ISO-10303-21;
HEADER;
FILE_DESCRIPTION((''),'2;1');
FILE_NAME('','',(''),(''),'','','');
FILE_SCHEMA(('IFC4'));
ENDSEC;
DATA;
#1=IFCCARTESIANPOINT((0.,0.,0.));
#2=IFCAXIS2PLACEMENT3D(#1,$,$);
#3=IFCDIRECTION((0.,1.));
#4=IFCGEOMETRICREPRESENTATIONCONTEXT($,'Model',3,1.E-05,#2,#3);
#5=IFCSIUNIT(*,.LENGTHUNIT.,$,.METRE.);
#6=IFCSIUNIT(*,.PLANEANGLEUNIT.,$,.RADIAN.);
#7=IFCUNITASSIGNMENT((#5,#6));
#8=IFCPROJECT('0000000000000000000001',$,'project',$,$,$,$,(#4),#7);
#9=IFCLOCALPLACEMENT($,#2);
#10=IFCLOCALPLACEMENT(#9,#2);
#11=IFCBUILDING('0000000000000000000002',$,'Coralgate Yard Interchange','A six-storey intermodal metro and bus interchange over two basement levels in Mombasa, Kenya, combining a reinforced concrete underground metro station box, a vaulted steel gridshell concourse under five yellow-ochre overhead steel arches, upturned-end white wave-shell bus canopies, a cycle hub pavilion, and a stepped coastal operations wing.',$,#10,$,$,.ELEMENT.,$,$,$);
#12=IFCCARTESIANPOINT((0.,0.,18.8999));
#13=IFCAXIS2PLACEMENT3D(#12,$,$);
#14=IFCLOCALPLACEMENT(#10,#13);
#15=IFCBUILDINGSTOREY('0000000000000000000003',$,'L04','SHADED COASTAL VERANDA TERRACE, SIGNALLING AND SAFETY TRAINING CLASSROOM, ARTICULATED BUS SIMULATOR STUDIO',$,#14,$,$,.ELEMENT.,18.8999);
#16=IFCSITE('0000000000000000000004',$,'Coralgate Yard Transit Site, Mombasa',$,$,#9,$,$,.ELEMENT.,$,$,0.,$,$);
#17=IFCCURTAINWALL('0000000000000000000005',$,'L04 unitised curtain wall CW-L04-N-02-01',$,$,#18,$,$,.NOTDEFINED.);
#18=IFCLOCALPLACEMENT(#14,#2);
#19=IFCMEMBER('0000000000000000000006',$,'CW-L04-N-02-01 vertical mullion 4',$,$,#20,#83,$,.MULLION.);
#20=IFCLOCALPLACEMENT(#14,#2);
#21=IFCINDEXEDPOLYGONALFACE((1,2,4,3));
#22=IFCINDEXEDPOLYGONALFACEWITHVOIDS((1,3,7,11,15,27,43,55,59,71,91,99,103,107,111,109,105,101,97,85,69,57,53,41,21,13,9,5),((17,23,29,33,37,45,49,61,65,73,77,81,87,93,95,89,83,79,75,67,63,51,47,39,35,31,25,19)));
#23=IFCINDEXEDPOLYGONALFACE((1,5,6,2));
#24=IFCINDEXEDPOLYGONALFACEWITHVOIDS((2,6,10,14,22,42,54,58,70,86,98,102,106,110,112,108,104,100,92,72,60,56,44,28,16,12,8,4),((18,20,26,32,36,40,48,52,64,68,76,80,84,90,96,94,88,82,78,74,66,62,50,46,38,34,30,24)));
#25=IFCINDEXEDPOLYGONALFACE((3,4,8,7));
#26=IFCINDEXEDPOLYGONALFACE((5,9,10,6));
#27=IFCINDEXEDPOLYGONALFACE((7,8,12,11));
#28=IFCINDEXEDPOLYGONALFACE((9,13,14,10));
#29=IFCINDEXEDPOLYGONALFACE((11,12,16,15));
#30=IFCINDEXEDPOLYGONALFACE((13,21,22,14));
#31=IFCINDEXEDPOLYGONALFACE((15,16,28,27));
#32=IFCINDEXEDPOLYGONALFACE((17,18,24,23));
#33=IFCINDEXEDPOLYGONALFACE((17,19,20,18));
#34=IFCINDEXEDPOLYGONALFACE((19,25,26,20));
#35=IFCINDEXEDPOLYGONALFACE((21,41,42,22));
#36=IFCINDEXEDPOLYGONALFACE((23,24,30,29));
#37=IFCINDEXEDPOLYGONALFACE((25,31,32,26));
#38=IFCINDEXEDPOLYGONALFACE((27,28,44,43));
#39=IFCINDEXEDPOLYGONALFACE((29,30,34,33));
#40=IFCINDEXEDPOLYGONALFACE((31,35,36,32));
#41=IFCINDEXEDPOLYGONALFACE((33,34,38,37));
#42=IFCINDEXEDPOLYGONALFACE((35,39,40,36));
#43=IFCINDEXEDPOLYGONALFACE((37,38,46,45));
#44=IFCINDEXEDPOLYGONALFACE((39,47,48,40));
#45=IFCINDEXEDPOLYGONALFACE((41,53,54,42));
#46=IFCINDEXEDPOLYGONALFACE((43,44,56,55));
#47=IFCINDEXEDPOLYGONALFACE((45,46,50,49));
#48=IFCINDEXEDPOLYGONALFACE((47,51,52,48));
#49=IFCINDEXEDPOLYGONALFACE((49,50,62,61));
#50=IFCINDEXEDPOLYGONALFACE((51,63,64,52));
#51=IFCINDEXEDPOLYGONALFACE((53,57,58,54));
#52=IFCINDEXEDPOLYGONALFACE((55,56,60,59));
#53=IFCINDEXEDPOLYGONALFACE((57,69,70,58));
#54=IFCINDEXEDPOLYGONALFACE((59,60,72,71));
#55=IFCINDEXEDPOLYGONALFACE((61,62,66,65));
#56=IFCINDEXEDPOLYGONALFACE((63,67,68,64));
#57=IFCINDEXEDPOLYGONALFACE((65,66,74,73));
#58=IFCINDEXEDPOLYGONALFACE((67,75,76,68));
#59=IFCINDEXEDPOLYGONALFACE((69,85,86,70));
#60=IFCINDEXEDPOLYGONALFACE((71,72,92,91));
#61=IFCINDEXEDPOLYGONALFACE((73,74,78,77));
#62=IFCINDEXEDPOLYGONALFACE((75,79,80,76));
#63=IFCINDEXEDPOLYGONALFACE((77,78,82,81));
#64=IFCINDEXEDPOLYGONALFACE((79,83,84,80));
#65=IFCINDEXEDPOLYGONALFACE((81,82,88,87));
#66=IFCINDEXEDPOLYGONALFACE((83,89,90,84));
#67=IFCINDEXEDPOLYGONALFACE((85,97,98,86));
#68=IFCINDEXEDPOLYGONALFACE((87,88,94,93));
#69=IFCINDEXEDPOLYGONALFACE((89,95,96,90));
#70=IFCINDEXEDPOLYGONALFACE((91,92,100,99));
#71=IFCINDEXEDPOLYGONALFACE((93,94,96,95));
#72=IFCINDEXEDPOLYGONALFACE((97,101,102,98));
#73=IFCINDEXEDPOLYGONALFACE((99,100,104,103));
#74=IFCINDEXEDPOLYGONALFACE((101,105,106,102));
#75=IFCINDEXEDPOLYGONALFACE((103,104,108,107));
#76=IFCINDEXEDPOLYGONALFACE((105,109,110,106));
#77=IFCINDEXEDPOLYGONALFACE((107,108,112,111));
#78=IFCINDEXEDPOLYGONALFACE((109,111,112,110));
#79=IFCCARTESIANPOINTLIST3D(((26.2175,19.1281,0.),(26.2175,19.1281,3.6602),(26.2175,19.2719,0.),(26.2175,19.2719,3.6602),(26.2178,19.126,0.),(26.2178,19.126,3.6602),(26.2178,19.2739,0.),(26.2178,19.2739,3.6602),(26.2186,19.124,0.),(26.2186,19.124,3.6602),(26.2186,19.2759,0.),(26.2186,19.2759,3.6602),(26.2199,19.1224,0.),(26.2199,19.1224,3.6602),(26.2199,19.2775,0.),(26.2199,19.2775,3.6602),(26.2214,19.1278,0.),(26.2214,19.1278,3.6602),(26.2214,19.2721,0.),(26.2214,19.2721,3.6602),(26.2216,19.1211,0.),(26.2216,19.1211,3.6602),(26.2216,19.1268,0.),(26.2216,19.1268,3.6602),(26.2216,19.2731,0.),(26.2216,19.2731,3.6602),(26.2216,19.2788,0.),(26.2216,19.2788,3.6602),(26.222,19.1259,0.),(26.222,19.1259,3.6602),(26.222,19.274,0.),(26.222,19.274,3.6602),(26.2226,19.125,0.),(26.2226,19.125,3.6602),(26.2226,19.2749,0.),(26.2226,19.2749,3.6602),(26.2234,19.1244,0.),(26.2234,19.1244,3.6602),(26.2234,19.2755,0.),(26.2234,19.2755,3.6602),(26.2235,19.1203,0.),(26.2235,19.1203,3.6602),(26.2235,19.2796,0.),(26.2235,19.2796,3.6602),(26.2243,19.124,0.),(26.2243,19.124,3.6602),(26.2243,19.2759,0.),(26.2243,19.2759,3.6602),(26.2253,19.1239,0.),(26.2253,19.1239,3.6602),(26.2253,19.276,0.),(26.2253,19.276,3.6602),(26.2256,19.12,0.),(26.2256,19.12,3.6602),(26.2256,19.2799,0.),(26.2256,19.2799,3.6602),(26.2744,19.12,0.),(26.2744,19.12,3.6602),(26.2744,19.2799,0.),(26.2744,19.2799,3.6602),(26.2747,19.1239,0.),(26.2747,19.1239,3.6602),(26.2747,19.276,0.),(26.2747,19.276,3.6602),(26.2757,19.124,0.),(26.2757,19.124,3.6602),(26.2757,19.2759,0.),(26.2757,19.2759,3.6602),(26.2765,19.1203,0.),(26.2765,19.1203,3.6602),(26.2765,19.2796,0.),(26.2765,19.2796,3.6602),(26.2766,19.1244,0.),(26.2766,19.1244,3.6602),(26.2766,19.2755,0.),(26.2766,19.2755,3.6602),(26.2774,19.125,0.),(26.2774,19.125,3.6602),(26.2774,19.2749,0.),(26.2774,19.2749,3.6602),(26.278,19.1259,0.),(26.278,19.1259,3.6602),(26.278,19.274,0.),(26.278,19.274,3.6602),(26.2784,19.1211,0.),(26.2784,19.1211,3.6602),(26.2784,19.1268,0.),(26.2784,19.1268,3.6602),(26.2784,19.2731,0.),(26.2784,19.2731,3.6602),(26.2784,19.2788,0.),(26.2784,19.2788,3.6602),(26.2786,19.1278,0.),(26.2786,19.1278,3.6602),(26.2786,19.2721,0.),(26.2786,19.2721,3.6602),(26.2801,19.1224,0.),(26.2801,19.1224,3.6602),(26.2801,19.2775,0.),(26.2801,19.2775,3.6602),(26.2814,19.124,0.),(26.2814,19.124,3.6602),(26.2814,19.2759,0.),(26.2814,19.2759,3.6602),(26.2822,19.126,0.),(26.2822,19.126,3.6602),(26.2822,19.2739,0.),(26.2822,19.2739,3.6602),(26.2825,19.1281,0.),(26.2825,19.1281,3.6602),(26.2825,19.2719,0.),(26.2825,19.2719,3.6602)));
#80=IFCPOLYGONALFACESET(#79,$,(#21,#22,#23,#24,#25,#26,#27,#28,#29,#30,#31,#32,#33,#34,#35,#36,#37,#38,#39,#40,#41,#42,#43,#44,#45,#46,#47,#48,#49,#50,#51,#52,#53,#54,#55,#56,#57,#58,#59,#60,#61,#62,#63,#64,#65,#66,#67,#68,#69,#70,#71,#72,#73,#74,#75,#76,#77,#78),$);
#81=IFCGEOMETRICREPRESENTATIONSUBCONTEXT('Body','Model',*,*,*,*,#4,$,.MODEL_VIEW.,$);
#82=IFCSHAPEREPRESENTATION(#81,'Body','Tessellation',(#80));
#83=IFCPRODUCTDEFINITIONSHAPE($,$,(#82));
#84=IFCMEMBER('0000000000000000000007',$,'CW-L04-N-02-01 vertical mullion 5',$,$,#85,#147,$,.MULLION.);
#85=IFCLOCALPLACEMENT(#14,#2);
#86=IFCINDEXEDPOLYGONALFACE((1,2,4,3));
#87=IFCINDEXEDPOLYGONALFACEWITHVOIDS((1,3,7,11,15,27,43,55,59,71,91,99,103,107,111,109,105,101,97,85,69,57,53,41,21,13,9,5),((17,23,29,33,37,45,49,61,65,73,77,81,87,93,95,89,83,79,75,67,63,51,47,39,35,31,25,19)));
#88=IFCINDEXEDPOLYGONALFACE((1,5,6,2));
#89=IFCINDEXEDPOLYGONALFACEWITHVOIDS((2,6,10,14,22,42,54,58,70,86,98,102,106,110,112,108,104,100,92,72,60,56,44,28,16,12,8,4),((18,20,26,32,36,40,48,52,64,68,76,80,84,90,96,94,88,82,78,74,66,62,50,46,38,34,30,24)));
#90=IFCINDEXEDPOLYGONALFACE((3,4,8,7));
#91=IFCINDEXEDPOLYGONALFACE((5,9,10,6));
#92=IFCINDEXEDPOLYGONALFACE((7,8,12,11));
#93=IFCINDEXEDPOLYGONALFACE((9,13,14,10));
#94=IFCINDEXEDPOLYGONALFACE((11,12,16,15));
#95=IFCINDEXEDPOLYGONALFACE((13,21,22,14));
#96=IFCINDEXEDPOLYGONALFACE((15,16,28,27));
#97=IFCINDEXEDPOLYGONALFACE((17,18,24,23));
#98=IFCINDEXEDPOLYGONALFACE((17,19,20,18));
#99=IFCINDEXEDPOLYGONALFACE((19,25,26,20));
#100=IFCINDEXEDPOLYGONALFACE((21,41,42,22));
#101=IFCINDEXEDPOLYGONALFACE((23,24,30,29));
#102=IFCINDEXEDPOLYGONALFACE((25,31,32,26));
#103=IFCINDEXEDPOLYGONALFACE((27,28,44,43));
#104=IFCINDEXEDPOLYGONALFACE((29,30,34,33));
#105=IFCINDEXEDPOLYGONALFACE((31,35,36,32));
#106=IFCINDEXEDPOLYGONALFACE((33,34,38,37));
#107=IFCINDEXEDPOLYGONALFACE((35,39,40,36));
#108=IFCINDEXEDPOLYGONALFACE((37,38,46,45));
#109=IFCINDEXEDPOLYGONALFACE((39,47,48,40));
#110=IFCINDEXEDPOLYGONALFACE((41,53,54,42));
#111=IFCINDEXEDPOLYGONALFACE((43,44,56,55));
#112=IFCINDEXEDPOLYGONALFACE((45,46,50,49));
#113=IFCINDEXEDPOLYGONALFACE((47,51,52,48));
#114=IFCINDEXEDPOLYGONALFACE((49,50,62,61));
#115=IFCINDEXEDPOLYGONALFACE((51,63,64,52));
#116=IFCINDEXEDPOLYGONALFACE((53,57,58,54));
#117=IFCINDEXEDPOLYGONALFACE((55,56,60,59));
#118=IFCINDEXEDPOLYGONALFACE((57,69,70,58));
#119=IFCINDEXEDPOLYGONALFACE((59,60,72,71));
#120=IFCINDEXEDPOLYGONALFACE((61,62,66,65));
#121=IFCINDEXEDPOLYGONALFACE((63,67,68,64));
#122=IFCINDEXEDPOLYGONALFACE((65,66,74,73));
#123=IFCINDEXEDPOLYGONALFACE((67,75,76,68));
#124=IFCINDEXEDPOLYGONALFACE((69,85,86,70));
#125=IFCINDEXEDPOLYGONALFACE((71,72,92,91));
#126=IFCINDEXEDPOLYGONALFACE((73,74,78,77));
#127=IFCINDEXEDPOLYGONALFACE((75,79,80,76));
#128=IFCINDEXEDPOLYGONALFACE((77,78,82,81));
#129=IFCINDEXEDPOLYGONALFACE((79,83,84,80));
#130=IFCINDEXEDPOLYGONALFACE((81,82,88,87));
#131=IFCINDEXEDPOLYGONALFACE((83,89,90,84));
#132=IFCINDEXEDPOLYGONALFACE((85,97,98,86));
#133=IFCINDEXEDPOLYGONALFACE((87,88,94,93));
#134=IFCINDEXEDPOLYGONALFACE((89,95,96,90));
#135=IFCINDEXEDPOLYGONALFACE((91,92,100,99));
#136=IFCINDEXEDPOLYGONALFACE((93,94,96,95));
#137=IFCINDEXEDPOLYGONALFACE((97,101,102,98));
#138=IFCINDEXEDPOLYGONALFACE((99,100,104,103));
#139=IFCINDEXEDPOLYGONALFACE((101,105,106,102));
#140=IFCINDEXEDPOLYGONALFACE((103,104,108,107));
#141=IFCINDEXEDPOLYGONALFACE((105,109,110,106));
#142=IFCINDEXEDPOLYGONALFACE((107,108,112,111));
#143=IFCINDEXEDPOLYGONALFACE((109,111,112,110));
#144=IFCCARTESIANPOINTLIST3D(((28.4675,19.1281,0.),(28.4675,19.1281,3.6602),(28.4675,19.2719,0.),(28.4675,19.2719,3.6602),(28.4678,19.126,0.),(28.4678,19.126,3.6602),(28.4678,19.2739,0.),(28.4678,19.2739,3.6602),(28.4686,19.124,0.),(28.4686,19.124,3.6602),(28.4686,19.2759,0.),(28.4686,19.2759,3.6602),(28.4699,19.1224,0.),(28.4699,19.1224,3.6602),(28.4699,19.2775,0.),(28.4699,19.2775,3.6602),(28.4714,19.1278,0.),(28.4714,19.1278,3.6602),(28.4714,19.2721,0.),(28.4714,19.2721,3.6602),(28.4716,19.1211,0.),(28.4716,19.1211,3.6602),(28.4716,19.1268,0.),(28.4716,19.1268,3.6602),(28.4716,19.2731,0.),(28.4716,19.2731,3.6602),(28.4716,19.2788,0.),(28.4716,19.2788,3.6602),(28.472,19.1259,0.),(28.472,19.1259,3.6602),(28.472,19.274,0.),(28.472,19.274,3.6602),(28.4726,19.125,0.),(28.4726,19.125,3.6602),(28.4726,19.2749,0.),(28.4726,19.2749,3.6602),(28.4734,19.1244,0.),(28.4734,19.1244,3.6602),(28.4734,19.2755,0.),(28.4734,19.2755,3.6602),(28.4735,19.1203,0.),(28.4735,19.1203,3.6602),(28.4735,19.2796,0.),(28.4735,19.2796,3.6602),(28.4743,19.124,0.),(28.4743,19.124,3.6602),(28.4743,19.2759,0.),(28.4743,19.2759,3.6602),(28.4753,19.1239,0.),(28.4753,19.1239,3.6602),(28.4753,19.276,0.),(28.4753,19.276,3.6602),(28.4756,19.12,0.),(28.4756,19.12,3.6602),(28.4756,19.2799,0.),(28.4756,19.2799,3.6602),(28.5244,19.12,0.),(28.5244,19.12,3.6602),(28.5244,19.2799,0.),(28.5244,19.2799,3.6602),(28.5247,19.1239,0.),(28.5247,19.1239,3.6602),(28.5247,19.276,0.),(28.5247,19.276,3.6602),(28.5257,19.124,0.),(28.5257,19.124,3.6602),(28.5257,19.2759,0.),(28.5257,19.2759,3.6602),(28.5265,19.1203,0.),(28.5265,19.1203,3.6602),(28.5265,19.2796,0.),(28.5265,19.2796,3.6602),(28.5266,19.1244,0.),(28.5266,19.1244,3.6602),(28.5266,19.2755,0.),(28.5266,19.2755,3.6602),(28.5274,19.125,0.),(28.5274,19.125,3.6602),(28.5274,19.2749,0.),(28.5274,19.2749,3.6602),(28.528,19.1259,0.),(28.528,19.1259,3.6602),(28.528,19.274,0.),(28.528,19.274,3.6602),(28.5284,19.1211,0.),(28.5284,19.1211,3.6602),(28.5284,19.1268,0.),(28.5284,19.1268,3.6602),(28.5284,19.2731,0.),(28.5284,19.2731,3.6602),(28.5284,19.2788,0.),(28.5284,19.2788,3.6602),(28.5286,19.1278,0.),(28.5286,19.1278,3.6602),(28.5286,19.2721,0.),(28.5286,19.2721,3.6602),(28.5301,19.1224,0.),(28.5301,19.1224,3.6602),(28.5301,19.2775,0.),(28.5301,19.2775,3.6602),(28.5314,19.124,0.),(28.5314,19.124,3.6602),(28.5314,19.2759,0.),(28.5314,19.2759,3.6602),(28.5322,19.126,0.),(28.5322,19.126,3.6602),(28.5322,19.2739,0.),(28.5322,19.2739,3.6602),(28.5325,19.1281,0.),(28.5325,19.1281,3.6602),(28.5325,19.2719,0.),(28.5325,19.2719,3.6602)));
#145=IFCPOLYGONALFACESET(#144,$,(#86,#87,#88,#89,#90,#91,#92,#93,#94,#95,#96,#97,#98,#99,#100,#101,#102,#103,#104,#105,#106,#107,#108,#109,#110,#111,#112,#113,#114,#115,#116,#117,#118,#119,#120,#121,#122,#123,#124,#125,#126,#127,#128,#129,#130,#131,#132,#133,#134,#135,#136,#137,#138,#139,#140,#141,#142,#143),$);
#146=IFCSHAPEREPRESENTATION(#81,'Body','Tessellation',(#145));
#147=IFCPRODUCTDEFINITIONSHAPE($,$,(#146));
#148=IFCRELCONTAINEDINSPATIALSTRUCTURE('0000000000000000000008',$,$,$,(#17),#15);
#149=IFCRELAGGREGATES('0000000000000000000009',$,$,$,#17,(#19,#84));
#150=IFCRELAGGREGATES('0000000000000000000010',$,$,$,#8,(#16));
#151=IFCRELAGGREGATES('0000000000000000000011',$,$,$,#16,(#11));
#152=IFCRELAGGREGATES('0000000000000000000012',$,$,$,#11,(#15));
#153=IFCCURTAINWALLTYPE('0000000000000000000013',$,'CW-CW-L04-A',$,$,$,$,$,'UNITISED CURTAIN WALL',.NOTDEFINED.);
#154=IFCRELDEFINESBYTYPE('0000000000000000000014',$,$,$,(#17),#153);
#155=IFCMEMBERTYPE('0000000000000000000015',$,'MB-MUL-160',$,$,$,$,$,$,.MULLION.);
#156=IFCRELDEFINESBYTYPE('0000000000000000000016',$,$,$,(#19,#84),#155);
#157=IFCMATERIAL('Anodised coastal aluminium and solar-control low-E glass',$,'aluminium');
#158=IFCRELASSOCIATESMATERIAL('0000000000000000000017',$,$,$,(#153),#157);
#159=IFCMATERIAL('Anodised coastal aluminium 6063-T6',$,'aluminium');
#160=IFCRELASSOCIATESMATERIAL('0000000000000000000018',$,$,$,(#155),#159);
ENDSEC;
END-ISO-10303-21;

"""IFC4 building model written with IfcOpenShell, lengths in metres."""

from ifc_helpers import new_model, si_unit, direction, frame, origin, origin_2d, place, context, subcontext, project, spatial, hollow_rectangle, extrude, material, material_profile, profile_set, type_object, element, aggregate, save


model = new_model("IFC4")

# Units and contexts
model_context = context("Model", 3, precision=1e-05, world=origin(), true_north=direction((0.0, 1.0)))
body_context = subcontext(model_context, "Body", "Model", "MODEL_VIEW")
ifc_project = project(units=[si_unit("LENGTHUNIT", "METRE"), si_unit("PLANEANGLEUNIT", "RADIAN")], contexts=[model_context])

# Site, building, storey
site_placement = place(None, origin())
site = spatial("IfcSite", under=ifc_project, at=site_placement, Name="Coralgate Yard Transit Site, Mombasa", CompositionType="ELEMENT", RefElevation=0.0)
building_placement = place(site_placement, origin())
building = spatial("IfcBuilding", under=site, at=building_placement, Name="Coralgate Yard Interchange", Description="A six-storey intermodal metro and bus interchange over two basement levels in Mombasa, Kenya, combining a reinforced concrete underground metro station box, a vaulted steel gridshell concourse under five yellow-ochre overhead steel arches, upturned-end white wave-shell bus canopies, a cycle hub pavilion, and a stepped coastal operations wing.", CompositionType="ELEMENT")
storey_placement = place(building_placement, frame((0.0, 0.0, 18.8999)))
storey = spatial("IfcBuildingStorey", under=building, at=storey_placement, Name="L04", Description="SHADED COASTAL VERANDA TERRACE, SIGNALLING AND SAFETY TRAINING CLASSROOM, ARTICULATED BUS SIMULATOR STUDIO", CompositionType="ELEMENT", Elevation=18.8999)

# Curtain wall, members
ifc_material_1 = material(Name="Anodised coastal aluminium and solar-control low-E glass", Category="aluminium")
curtain_wall_type = type_object("IfcCurtainWallType", Name="CW-CW-L04-A", ElementType="UNITISED CURTAIN WALL", PredefinedType="NOTDEFINED", material=ifc_material_1)
curtain_wall_placement = place(storey_placement, origin())
curtain_wall = element("IfcCurtainWall", 1, at=curtain_wall_placement, inside=storey, type_object=curtain_wall_type, Name="L04 unitised curtain wall CW-L04-N-02-01", PredefinedType="NOTDEFINED")
ifc_material_2 = material(Name="Anodised coastal aluminium 6063-T6", Category="aluminium")
ifc_material_profile_1 = material_profile(ifc_material_2, hollow_rectangle(XDim=0.0649, YDim=0.1599, WallThickness=0.0039, InnerFilletRadius=0.0039, OuterFilletRadius=0.0081, at=origin_2d()), Name="ALU 65x160x4")
ifc_profile_set_1 = profile_set([ifc_material_profile_1], Name="Anodised coastal aluminium 6063-T6")
member_type_1 = type_object("IfcMemberType", Name="MB-MUL-160", PredefinedType="MULLION", material=ifc_profile_set_1)
member_1_placement = place(storey_placement, frame((26.25, 19.2, 0.0), z_axis=(0.0, 0.0, 1.0), x_axis=(1.0, 0.0, 0.0)))
member_1 = element("IfcMember", 2, at=member_1_placement, type_object=member_type_1, Name="CW-L04-N-02-01 vertical mullion 4", PredefinedType="MULLION", context=body_context, shape_type="SweptSolid", body=[
    extrude(hollow_rectangle(XDim=0.0649, YDim=0.1599, WallThickness=0.0039, InnerFilletRadius=0.0039, OuterFilletRadius=0.0081, at=origin_2d()), origin(), (0.0, 0.0, 1.0), 3.6602),
])
member_2_placement = place(storey_placement, frame((28.5, 19.2, 0.0), z_axis=(0.0, 0.0, 1.0), x_axis=(1.0, 0.0, 0.0)))
member_2 = element("IfcMember", 3, at=member_2_placement, type_object=member_type_1, Name="CW-L04-N-02-01 vertical mullion 5", PredefinedType="MULLION", context=body_context, shape_type="SweptSolid", body=[
    extrude(hollow_rectangle(XDim=0.0649, YDim=0.1599, WallThickness=0.0039, InnerFilletRadius=0.0039, OuterFilletRadius=0.0081, at=origin_2d()), origin(), (0.0, 0.0, 1.0), 3.6602),
])
aggregate(curtain_wall, [member_1, member_2])

save(model, "model.ifc")
